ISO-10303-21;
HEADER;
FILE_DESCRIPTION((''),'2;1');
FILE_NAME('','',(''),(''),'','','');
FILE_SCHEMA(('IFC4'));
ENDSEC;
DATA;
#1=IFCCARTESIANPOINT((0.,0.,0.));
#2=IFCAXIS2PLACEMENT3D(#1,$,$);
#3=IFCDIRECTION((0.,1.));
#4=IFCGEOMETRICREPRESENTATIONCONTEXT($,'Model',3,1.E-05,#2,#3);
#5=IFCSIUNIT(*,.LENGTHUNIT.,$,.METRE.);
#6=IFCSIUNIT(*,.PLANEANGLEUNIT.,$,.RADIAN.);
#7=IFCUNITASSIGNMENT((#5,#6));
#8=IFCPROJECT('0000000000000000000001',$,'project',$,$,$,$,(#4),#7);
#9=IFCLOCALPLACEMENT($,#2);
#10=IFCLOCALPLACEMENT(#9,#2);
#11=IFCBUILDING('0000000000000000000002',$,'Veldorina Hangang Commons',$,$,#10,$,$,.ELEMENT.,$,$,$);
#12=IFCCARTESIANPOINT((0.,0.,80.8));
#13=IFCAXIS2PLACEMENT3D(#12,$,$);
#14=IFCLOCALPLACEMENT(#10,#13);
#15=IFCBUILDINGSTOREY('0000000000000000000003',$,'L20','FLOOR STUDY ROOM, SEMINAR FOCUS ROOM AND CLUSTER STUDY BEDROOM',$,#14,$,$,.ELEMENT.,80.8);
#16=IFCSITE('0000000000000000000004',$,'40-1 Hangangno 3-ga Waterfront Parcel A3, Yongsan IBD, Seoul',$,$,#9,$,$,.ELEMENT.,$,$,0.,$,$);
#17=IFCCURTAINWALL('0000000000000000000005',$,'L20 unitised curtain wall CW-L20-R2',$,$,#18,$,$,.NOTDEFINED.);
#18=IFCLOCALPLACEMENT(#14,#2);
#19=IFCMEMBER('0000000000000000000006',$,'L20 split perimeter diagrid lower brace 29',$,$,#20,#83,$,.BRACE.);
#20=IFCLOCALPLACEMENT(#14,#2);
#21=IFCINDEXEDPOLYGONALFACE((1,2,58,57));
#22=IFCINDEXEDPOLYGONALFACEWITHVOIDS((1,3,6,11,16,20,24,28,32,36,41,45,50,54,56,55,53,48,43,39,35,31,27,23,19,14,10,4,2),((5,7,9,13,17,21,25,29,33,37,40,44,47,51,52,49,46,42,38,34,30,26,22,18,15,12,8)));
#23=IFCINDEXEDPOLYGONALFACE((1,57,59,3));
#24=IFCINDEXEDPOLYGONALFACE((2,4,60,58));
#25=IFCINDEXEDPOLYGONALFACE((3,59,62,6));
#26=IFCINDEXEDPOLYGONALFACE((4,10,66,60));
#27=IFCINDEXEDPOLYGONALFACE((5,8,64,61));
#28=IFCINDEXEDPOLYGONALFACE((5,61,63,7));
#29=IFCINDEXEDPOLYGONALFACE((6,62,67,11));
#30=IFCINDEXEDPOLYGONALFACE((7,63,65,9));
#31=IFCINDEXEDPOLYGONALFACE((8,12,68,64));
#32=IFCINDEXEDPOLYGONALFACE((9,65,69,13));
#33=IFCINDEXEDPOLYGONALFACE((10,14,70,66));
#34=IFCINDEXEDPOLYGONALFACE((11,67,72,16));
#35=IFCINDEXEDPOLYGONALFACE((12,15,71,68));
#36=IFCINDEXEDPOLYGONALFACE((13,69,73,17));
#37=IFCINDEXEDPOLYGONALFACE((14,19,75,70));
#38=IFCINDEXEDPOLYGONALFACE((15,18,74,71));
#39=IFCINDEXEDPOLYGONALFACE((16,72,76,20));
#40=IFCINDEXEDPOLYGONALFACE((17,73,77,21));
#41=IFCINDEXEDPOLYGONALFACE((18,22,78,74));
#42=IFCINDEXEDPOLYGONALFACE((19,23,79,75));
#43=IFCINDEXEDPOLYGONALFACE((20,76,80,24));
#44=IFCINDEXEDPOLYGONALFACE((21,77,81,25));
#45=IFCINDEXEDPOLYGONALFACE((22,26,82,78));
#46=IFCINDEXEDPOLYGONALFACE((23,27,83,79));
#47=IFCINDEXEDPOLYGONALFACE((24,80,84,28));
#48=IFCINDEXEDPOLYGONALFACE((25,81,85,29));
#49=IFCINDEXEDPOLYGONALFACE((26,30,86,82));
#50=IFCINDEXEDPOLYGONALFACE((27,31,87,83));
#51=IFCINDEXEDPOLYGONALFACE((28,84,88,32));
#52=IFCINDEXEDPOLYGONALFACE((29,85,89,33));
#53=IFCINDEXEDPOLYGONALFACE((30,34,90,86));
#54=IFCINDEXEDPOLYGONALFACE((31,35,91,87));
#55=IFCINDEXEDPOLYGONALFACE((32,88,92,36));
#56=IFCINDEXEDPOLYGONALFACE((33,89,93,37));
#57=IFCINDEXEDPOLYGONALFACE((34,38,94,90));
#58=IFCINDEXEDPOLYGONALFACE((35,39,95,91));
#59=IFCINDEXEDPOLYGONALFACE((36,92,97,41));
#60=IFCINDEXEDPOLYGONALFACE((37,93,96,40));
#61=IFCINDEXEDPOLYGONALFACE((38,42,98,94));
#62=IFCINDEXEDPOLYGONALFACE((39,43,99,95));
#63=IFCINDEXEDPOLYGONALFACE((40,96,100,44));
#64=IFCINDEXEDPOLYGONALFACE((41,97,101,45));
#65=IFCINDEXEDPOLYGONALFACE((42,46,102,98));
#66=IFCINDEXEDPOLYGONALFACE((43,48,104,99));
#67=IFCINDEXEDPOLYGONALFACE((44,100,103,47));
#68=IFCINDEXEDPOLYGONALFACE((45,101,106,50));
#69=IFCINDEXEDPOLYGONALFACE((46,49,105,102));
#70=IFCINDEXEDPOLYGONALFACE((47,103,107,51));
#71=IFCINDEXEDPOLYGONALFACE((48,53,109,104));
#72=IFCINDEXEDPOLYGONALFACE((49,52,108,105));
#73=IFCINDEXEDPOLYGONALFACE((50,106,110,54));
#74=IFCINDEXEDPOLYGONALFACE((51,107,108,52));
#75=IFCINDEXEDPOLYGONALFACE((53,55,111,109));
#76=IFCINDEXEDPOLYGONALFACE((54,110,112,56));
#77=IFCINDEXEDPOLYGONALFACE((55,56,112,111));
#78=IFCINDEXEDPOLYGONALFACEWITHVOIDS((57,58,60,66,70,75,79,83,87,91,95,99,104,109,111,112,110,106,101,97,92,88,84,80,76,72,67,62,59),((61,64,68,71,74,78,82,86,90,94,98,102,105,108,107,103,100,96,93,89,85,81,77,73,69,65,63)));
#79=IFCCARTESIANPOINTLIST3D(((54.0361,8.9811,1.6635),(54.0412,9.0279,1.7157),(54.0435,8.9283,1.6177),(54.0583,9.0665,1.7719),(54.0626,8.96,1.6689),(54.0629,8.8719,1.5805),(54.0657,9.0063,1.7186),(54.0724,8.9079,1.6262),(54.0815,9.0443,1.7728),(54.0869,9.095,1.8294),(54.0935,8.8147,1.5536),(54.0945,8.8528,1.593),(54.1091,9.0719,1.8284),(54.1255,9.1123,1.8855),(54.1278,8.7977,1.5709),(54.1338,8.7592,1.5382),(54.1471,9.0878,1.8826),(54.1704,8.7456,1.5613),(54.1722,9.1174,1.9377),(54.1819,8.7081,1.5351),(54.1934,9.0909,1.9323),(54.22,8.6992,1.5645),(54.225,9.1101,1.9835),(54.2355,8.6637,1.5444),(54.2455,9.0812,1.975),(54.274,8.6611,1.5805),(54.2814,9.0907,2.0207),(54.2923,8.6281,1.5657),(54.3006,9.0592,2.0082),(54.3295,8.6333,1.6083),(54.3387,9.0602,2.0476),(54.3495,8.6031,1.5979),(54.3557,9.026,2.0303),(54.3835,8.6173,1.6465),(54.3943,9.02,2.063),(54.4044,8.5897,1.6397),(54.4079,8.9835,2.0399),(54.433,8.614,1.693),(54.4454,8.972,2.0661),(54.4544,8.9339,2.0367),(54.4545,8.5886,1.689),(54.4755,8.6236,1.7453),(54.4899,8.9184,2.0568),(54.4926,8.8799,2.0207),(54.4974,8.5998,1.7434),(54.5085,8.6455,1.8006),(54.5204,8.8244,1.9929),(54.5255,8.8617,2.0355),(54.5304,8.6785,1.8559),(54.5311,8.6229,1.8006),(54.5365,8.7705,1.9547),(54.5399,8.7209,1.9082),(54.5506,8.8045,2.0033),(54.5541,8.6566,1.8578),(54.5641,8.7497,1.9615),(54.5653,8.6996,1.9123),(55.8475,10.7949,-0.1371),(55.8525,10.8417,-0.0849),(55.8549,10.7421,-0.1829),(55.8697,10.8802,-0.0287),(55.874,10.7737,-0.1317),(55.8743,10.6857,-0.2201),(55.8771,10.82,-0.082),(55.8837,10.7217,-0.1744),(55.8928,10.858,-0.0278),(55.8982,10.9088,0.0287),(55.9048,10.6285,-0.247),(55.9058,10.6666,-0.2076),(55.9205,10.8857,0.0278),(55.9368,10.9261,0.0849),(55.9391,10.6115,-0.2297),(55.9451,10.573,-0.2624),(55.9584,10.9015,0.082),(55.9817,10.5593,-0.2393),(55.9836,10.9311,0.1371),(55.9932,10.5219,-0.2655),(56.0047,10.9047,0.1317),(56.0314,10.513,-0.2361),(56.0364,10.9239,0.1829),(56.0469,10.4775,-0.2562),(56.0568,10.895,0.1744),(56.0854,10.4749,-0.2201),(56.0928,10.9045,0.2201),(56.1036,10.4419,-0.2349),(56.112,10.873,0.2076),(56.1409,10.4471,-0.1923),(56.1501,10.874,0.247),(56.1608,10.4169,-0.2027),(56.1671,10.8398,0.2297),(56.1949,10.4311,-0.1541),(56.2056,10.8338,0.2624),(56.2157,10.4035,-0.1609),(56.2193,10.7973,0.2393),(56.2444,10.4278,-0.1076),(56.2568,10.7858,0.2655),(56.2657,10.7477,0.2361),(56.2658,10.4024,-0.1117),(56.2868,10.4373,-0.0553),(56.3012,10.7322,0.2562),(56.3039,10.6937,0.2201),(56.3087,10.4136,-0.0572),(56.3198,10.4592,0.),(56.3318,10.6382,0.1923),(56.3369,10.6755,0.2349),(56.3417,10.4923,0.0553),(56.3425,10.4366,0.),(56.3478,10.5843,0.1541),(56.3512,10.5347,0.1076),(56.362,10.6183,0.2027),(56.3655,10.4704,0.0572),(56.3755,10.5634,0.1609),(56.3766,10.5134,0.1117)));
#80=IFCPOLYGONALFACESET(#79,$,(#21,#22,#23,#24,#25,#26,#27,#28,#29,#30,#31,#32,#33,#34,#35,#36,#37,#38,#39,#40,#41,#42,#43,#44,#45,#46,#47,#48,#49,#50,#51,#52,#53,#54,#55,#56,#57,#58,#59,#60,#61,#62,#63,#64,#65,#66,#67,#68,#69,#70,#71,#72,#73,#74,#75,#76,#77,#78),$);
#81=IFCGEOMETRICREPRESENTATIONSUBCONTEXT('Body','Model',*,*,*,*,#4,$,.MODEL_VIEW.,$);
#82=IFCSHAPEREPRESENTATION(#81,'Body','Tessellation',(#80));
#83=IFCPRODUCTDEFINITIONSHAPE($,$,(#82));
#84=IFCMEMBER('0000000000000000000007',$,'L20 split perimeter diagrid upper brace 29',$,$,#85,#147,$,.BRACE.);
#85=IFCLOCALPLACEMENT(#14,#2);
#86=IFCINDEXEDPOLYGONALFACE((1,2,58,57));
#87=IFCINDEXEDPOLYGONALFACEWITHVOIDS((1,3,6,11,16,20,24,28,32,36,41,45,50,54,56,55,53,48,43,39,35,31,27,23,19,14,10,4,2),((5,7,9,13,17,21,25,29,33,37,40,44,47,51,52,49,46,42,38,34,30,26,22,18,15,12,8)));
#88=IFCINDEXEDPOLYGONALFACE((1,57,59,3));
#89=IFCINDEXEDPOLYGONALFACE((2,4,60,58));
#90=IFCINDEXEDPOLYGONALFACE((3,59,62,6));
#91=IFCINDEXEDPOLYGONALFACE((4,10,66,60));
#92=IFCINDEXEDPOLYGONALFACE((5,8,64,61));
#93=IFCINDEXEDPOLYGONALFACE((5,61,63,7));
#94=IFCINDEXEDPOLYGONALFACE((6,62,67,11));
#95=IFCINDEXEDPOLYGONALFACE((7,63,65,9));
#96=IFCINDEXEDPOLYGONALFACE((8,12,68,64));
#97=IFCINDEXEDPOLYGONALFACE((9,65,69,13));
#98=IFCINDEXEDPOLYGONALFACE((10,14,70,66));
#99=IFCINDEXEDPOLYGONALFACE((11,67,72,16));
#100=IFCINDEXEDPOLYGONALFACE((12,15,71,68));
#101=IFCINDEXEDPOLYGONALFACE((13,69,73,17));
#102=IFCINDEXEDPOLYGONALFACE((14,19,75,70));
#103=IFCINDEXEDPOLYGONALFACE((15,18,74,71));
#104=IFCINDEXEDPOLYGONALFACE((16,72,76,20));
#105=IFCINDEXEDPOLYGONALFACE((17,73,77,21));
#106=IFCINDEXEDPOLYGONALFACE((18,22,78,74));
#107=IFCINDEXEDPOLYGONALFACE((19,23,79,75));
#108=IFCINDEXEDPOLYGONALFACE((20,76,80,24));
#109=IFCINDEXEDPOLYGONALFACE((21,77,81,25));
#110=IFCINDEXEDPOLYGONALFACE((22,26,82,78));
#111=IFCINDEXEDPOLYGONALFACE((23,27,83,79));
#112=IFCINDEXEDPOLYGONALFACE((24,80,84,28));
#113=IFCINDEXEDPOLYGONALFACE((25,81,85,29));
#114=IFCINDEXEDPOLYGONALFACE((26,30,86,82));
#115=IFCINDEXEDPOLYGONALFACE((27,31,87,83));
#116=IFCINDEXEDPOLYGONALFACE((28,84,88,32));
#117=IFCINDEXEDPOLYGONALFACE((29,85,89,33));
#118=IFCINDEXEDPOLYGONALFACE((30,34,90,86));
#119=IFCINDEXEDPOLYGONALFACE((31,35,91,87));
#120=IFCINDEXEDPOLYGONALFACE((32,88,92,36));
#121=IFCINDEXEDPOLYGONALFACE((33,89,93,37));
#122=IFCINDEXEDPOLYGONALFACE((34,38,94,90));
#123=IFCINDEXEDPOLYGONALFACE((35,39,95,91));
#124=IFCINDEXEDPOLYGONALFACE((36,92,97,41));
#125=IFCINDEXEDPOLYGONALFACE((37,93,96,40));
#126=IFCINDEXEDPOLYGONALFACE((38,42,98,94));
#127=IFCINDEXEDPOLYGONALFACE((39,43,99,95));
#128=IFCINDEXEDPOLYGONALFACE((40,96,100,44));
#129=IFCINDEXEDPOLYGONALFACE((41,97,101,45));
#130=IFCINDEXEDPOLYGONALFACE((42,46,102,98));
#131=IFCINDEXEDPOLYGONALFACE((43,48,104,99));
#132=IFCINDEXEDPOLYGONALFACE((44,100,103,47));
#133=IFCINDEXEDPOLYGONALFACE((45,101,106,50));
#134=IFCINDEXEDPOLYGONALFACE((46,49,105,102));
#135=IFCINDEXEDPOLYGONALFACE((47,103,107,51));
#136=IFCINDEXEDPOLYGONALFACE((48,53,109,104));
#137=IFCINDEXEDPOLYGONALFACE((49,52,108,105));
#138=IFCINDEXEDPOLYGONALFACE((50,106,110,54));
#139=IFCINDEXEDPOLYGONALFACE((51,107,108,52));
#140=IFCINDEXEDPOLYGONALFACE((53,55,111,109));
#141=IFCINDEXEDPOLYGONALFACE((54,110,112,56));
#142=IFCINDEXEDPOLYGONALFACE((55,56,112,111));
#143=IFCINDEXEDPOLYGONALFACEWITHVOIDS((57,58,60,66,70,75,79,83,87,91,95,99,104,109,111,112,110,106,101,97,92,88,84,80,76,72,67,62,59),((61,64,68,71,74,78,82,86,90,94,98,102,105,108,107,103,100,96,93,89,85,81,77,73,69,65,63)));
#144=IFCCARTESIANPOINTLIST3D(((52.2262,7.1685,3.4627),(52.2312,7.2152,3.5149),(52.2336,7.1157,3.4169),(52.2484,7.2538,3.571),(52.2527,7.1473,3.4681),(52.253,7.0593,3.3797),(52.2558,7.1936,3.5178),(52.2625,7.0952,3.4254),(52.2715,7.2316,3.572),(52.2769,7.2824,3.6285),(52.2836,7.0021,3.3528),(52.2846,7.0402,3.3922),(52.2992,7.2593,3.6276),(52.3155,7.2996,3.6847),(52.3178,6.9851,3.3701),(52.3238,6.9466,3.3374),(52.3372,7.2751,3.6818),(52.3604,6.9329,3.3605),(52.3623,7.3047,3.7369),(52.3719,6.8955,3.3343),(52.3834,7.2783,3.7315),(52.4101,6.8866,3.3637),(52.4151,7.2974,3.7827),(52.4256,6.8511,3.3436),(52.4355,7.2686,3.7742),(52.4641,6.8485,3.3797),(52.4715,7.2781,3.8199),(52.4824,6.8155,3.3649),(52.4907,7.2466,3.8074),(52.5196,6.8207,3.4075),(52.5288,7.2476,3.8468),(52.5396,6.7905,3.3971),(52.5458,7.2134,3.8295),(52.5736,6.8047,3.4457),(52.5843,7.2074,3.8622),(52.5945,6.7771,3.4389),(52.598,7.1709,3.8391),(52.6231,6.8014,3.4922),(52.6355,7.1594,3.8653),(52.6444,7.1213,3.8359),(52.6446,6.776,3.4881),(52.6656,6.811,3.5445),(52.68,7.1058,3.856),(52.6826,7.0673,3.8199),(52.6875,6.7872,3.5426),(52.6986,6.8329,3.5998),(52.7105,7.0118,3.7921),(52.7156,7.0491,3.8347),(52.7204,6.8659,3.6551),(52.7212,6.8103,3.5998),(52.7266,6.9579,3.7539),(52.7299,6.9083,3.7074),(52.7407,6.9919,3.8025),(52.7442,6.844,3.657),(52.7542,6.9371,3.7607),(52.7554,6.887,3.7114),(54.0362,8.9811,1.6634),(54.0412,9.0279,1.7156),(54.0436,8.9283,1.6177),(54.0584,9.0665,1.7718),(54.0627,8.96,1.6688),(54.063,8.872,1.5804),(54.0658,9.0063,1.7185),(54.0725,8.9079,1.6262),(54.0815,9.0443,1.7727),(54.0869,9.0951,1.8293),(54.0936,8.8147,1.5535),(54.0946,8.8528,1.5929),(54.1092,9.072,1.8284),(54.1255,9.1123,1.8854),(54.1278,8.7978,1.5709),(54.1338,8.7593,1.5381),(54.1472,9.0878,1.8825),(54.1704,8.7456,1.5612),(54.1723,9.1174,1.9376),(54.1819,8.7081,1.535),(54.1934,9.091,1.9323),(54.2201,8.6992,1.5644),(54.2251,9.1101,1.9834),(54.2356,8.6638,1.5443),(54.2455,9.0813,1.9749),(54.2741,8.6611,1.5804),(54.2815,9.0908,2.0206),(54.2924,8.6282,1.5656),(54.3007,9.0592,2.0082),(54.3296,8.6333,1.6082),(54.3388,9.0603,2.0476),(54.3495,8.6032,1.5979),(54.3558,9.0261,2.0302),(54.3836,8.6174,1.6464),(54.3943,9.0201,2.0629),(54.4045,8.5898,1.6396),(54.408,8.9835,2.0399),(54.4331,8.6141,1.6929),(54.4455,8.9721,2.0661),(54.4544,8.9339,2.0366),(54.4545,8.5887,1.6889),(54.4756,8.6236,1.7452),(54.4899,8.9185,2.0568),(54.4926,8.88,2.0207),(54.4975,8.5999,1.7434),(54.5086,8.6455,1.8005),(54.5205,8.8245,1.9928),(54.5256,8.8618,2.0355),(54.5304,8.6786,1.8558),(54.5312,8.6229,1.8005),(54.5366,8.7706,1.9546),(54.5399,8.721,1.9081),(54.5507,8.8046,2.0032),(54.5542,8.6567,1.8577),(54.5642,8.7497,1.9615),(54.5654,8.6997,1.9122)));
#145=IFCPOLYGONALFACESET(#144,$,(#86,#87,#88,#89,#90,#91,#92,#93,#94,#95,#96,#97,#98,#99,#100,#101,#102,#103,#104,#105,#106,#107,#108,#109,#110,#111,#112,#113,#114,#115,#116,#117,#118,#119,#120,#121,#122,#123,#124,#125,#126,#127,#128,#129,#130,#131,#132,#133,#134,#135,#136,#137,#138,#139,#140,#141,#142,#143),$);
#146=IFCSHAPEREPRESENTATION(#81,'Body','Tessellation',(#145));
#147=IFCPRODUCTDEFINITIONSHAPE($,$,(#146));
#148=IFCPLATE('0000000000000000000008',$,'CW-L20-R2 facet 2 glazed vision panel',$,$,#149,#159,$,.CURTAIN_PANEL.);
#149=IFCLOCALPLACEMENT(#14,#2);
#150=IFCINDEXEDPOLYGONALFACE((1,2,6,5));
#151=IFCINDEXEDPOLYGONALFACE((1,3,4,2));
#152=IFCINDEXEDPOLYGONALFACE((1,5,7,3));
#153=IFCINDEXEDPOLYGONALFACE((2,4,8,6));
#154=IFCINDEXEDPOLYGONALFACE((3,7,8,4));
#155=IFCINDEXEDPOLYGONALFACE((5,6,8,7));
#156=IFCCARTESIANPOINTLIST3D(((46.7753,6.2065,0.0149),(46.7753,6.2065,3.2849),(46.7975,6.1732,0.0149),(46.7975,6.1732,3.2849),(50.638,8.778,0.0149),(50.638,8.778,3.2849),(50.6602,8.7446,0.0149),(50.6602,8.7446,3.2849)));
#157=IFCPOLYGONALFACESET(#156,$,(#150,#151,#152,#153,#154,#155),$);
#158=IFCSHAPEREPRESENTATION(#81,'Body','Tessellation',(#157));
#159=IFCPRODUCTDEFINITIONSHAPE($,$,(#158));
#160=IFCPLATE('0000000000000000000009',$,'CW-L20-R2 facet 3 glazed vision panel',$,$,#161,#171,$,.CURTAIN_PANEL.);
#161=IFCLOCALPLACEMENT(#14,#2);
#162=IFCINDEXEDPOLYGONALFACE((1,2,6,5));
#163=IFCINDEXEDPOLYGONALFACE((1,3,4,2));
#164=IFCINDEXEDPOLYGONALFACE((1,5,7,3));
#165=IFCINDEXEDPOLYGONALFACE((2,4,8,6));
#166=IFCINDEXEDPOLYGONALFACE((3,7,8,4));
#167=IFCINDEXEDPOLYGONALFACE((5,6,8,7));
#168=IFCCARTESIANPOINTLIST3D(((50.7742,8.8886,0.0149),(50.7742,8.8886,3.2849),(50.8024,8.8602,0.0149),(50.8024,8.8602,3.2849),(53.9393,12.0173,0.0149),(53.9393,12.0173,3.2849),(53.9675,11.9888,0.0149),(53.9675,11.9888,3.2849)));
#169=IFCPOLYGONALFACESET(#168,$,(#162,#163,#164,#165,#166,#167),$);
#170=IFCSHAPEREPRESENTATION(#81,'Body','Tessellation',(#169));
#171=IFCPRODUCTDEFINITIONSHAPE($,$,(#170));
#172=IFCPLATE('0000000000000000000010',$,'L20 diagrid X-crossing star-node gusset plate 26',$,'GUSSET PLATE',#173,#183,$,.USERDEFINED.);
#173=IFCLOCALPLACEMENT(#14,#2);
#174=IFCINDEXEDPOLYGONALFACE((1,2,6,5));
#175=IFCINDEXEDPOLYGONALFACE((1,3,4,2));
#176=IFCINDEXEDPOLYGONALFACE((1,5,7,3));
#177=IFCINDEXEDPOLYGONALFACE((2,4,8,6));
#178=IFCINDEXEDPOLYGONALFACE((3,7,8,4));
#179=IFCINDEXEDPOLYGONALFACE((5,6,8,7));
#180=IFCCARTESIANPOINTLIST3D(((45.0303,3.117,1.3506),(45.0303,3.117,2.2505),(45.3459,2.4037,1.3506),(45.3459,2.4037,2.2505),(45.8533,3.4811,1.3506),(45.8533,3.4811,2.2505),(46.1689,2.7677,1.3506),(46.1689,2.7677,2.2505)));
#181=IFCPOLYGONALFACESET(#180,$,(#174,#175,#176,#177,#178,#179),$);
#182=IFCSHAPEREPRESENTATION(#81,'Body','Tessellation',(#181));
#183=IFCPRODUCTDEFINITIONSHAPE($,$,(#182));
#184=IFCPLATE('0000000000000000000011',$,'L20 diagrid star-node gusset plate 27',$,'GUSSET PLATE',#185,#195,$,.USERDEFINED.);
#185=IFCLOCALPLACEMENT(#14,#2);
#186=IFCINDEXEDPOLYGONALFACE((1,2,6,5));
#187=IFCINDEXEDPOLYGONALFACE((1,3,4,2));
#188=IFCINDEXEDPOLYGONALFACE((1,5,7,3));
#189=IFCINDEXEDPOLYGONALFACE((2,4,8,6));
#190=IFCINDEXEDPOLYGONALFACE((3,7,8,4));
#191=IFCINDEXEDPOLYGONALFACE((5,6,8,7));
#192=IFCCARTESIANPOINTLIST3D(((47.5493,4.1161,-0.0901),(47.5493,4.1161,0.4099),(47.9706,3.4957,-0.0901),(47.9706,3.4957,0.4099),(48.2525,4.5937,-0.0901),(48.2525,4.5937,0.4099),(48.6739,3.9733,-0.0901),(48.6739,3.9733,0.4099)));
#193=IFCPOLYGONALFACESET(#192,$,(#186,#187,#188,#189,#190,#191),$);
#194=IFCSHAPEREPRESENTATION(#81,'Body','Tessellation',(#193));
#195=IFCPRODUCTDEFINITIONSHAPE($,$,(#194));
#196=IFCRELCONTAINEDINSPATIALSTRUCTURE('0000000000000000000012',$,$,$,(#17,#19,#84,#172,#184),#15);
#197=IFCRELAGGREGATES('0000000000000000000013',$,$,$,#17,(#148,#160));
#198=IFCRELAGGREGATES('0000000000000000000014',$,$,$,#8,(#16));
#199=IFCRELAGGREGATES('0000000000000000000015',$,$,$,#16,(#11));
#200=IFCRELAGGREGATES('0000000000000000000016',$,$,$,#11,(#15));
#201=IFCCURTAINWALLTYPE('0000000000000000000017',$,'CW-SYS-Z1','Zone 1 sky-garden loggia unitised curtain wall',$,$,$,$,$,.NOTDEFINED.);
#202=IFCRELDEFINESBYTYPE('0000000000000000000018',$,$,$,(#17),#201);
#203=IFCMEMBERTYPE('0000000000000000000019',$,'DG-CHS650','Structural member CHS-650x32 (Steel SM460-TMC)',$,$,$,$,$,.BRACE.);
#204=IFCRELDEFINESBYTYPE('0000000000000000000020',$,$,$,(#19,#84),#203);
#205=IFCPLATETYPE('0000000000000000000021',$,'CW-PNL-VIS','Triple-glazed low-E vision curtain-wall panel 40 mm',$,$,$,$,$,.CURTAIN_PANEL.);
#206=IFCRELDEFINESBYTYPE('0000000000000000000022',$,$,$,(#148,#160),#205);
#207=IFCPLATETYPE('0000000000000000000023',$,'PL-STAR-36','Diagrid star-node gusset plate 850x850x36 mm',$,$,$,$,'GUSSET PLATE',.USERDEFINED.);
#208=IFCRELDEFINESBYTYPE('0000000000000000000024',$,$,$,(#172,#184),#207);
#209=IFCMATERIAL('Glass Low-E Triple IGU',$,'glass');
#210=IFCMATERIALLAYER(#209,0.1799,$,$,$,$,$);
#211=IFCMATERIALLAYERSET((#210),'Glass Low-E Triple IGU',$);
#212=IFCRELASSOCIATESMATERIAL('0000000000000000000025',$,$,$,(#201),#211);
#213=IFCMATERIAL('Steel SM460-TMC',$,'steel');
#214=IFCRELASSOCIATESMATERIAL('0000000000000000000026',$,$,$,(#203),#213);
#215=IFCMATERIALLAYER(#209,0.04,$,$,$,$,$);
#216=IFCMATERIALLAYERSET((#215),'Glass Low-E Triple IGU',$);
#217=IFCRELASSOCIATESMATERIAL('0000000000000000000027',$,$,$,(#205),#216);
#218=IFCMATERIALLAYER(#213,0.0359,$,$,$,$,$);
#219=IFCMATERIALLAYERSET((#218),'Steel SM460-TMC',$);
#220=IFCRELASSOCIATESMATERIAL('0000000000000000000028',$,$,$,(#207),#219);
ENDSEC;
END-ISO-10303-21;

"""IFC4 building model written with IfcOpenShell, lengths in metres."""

from ifc_helpers import new_model, si_unit, direction, frame, origin, origin_2d, place, context, subcontext, project, spatial, rectangle, hollow_circle, extrude, material, layer, layer_set, material_profile, profile_set, type_object, element, aggregate, save


model = new_model("IFC4")

# Units and contexts
model_context = context("Model", 3, precision=1e-05, world=origin(), true_north=direction((0.0, 1.0)))
body_context = subcontext(model_context, "Body", "Model", "MODEL_VIEW")
ifc_project = project(units=[si_unit("LENGTHUNIT", "METRE"), si_unit("PLANEANGLEUNIT", "RADIAN")], contexts=[model_context])

# Site, building, storey
site_placement = place(None, origin())
site = spatial("IfcSite", under=ifc_project, at=site_placement, Name="40-1 Hangangno 3-ga Waterfront Parcel A3, Yongsan IBD, Seoul", CompositionType="ELEMENT", RefElevation=0.0)
building_placement = place(site_placement, origin())
building = spatial("IfcBuilding", under=site, at=building_placement, Name="Veldorina Hangang Commons", CompositionType="ELEMENT")
storey_placement = place(building_placement, frame((0.0, 0.0, 80.8)))
storey = spatial("IfcBuildingStorey", under=building, at=storey_placement, Name="L20", Description="FLOOR STUDY ROOM, SEMINAR FOCUS ROOM AND CLUSTER STUDY BEDROOM", CompositionType="ELEMENT", Elevation=80.8)

# Curtain wall
ifc_material_1 = material(Name="Glass Low-E Triple IGU", Category="glass")
ifc_layer_1 = layer(ifc_material_1, 0.1799)
ifc_layer_set_1 = layer_set([ifc_layer_1], Name="Glass Low-E Triple IGU")
curtain_wall_type = type_object("IfcCurtainWallType", Name="CW-SYS-Z1", Description="Zone 1 sky-garden loggia unitised curtain wall", PredefinedType="NOTDEFINED", material=ifc_layer_set_1)
curtain_wall_placement = place(storey_placement, origin())
curtain_wall = element("IfcCurtainWall", 1, at=curtain_wall_placement, inside=storey, type_object=curtain_wall_type, Name="L20 unitised curtain wall CW-L20-R2", PredefinedType="NOTDEFINED")

# Members
ifc_material_2 = material(Name="Steel SM460-TMC", Category="steel")
ifc_material_profile_1 = material_profile(ifc_material_2, hollow_circle(Radius=0.325, WallThickness=0.032, at=origin_2d()), Name="CHS-650x32")
ifc_profile_set_1 = profile_set([ifc_material_profile_1], Name="Steel SM460-TMC")
member_type_1 = type_object("IfcMemberType", Name="DG-CHS650", Description="Structural member CHS-650x32 (Steel SM460-TMC)", PredefinedType="BRACE", material=ifc_profile_set_1)
member_1_placement = place(storey_placement, frame((56.1125, 10.6663, 0.0), z_axis=(-0.578231, -0.57901, 0.574801), x_axis=(0.707583, -0.70663, 0.0)))
element("IfcMember", 2, at=member_1_placement, inside=storey, type_object=member_type_1, Name="L20 split perimeter diagrid lower brace 29", PredefinedType="BRACE", context=body_context, shape_type="SweptSolid", body=[
    extrude(hollow_circle(Radius=0.325, WallThickness=0.032, at=origin_2d()), origin(), (0.0, 0.0, 1.0), 3.1326),
])
member_2_placement = place(storey_placement, frame((54.3013, 8.8525, 1.8005), z_axis=(-0.578205, -0.579063, 0.574774), x_axis=(0.707631, -0.706582, 0.0)))
element("IfcMember", 3, at=member_2_placement, inside=storey, type_object=member_type_1, Name="L20 split perimeter diagrid upper brace 29", PredefinedType="BRACE", context=body_context, shape_type="SweptSolid", body=[
    extrude(hollow_circle(Radius=0.325, WallThickness=0.032, at=origin_2d()), origin(), (0.0, 0.0, 1.0), 3.1304),
])

# Plates
ifc_layer_2 = layer(ifc_material_1, 0.04)
ifc_layer_set_2 = layer_set([ifc_layer_2], Name="Glass Low-E Triple IGU")
plate_type_1 = type_object("IfcPlateType", Name="CW-PNL-VIS", Description="Triple-glazed low-E vision curtain-wall panel 40 mm", PredefinedType="CURTAIN_PANEL", material=ifc_layer_set_2)
plate_1_placement = place(storey_placement, frame((48.7178, 7.4756, 0.0149), z_axis=(0.0, 0.0, 1.0), x_axis=(0.832419, 0.554147, 0.0)))
plate_1 = element("IfcPlate", 4, at=plate_1_placement, type_object=plate_type_1, Name="CW-L20-R2 facet 2 glazed vision panel", PredefinedType="CURTAIN_PANEL", context=body_context, shape_type="SweptSolid", body=[
    extrude(rectangle(XDim=4.6404, YDim=0.04, at=origin_2d()), origin(), (0.0, 0.0, 1.0), 3.27),
])
plate_2_placement = place(storey_placement, frame((52.3708, 10.4387, 0.0149), z_axis=(0.0, 0.0, 1.0), x_axis=(0.711192, 0.702998, 0.0)))
plate_2 = element("IfcPlate", 5, at=plate_2_placement, type_object=plate_type_1, Name="CW-L20-R2 facet 3 glazed vision panel", PredefinedType="CURTAIN_PANEL", context=body_context, shape_type="SweptSolid", body=[
    extrude(rectangle(XDim=4.4504, YDim=0.04, at=origin_2d()), origin(), (0.0, 0.0, 1.0), 3.27),
])
aggregate(curtain_wall, [plate_1, plate_2])

# Plates
ifc_layer_3 = layer(ifc_material_2, 0.0359)
ifc_layer_set_3 = layer_set([ifc_layer_3], Name="Steel SM460-TMC")
plate_type_2 = type_object("IfcPlateType", Name="PL-STAR-36", Description="Diagrid star-node gusset plate 850x850x36 mm", ElementType="GUSSET PLATE", PredefinedType="USERDEFINED", material=ifc_layer_set_3)
plate_3_placement = place(storey_placement, frame((45.5996, 2.9424, 1.3506), z_axis=(0.0, 0.0, 1.0), x_axis=(0.914522, 0.404535, 0.0)))
element("IfcPlate", 6, at=plate_3_placement, inside=storey, type_object=plate_type_2, Name="L20 diagrid X-crossing star-node gusset plate 26", ObjectType="GUSSET PLATE", PredefinedType="USERDEFINED", context=body_context, shape_type="SweptSolid", body=[
    extrude(rectangle(XDim=0.8999, YDim=0.78, at=origin_2d()), origin(), (0.0, 0.0, 1.0), 0.8999),
])
for number, where, z_axis, x_axis, name in (
    (7, (48.1116, 4.0447, -0.0901), (0.0, 0.0, 1.0), (0.827247, 0.561838, 0.0), "L20 diagrid star-node gusset plate 27"),
):
    element("IfcPlate", number, at=place(storey_placement, frame(where, z_axis=z_axis, x_axis=x_axis)), inside=storey, type_object=plate_type_2, Name=name, ObjectType="GUSSET PLATE", PredefinedType="USERDEFINED", context=body_context, shape_type="SweptSolid", body=[
        extrude(rectangle(XDim=0.8501, YDim=0.75, at=origin_2d()), origin(), (0.0, 0.0, 1.0), 0.5),
    ])

save(model, "model.ifc")
